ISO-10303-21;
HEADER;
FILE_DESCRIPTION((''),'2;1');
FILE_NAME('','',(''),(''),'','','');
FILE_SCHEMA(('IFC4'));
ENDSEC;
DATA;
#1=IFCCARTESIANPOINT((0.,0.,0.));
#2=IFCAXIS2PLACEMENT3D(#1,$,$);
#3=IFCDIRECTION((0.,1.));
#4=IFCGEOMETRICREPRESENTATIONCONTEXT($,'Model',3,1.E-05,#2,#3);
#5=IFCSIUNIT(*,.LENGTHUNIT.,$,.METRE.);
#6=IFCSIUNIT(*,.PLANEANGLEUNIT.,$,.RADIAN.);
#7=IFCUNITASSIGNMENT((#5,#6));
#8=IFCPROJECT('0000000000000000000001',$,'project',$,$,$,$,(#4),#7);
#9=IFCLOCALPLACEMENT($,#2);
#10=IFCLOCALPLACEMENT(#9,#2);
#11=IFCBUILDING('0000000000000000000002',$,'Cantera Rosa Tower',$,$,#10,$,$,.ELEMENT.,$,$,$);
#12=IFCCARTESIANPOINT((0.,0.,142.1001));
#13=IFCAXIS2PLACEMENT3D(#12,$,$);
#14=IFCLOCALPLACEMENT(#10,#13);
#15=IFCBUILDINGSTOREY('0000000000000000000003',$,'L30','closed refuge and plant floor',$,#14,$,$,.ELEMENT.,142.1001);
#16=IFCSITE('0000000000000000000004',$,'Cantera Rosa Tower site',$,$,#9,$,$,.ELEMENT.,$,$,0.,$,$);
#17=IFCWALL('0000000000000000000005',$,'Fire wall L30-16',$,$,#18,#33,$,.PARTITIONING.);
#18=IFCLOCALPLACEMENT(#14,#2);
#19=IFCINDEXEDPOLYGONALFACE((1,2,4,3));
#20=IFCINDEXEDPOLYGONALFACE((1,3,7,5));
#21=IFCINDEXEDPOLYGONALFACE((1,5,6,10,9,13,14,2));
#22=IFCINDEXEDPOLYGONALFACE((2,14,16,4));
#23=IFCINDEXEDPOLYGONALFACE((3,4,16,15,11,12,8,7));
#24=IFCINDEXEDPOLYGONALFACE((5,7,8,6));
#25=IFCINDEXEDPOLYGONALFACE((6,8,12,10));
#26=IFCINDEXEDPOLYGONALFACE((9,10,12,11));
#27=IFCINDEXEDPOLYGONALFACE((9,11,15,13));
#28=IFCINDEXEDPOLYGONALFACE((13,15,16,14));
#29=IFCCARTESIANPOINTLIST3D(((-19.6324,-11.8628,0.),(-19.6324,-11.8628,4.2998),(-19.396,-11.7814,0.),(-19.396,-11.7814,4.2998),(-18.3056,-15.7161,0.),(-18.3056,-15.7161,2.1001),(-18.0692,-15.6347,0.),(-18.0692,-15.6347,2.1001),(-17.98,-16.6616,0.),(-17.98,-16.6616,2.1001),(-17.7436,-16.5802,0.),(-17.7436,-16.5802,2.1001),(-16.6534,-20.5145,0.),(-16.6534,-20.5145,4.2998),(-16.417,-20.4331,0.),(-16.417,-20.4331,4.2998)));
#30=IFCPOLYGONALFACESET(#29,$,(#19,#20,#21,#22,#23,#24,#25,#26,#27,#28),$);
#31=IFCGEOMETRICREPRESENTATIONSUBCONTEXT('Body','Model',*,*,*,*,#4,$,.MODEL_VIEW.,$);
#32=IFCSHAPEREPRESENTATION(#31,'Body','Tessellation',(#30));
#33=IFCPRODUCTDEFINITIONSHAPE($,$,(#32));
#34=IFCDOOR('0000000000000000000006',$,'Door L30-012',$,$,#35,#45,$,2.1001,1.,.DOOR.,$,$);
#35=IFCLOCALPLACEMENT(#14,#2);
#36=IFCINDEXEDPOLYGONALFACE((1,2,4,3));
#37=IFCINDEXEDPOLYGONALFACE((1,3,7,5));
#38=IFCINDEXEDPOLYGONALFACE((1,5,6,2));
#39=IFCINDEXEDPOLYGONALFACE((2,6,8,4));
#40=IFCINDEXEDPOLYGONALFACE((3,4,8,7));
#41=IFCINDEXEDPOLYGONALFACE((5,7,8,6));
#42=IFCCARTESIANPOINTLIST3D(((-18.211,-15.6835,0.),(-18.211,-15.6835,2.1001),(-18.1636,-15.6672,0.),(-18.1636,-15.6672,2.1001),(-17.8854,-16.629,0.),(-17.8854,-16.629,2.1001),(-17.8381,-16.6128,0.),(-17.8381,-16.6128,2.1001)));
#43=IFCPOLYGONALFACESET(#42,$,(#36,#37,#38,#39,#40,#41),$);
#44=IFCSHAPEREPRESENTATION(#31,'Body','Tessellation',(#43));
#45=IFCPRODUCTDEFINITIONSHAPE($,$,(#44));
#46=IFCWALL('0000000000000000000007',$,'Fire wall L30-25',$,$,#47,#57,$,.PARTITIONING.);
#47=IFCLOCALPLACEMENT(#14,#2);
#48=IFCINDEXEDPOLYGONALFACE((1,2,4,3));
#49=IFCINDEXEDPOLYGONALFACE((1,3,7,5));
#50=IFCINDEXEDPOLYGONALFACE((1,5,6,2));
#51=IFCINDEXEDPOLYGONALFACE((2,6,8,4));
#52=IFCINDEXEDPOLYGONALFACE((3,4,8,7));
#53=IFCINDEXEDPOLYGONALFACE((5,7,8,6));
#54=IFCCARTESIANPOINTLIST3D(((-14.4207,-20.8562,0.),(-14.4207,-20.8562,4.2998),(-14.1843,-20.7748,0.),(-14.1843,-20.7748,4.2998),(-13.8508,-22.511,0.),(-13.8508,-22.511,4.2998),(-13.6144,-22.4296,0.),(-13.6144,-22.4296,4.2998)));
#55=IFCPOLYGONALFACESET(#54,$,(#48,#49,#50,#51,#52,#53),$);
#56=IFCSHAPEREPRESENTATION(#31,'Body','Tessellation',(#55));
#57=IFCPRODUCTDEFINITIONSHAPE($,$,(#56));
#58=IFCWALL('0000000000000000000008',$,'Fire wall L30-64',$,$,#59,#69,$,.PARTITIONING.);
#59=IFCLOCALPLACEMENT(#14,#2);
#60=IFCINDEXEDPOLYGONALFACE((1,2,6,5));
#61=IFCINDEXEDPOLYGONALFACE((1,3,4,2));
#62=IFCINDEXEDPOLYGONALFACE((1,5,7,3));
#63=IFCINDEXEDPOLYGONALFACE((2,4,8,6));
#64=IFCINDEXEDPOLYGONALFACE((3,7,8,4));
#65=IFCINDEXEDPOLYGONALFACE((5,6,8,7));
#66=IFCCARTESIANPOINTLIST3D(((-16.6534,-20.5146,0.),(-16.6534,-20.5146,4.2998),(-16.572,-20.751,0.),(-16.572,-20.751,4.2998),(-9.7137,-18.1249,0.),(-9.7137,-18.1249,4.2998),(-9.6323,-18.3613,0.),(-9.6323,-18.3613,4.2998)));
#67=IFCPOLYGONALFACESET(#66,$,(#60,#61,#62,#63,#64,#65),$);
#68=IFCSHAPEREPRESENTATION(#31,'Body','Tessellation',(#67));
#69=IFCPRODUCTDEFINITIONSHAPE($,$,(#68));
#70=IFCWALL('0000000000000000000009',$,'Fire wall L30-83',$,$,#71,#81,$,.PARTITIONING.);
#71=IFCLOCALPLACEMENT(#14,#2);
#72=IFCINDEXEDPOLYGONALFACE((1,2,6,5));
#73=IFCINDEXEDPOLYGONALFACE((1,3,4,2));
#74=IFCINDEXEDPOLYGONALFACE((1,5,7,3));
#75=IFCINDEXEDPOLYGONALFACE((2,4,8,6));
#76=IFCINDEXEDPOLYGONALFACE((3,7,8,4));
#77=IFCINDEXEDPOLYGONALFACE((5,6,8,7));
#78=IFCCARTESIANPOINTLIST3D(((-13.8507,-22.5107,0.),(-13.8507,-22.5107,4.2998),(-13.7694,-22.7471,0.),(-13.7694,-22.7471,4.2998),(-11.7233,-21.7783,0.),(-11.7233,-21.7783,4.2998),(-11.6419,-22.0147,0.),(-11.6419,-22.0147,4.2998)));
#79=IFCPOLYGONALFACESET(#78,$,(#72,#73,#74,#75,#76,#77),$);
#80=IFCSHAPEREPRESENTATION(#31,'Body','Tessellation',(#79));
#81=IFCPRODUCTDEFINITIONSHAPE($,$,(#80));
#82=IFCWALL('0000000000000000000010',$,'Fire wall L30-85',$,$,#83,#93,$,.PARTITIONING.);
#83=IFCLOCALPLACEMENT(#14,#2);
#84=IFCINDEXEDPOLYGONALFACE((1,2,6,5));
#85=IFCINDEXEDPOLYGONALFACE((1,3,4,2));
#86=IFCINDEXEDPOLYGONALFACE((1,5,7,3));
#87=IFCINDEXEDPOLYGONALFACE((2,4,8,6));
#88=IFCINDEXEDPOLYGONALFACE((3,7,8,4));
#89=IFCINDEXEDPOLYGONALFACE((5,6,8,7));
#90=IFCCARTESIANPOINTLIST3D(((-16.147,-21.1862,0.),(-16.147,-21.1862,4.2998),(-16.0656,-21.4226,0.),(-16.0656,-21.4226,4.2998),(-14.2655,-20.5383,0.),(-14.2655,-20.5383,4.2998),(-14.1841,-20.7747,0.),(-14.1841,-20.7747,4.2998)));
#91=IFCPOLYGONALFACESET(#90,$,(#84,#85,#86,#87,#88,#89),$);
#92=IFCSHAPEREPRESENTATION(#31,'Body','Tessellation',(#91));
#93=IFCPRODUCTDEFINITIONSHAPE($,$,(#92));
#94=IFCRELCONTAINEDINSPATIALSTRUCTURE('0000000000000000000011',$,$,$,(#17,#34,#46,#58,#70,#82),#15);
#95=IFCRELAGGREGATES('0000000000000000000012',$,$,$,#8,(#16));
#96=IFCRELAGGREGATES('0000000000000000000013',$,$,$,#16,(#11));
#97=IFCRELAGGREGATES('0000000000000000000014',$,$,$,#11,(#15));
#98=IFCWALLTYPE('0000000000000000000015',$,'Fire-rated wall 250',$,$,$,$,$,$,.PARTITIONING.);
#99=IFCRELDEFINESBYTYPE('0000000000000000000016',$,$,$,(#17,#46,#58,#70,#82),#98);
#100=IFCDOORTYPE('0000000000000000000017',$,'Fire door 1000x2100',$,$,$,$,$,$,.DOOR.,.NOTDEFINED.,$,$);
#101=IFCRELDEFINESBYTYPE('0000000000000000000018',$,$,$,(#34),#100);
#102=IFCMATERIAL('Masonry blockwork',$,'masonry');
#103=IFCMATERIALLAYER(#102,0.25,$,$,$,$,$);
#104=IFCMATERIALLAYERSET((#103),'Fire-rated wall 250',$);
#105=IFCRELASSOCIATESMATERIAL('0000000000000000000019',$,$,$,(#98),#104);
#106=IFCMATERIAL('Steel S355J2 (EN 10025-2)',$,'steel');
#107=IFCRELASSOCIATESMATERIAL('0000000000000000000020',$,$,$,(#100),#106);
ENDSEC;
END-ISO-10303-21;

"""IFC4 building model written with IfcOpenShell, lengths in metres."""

from ifc_helpers import new_model, si_unit, direction, frame, frame_2d, origin, place, context, subcontext, project, spatial, rectangle, extrude, material, layer, layer_set, type_object, element, fill, save


model = new_model("IFC4")

# Units and contexts
model_context = context("Model", 3, precision=1e-05, world=origin(), true_north=direction((0.0, 1.0)))
body_context = subcontext(model_context, "Body", "Model", "MODEL_VIEW")
ifc_project = project(units=[si_unit("LENGTHUNIT", "METRE"), si_unit("PLANEANGLEUNIT", "RADIAN")], contexts=[model_context])

# Site, building, storey
site_placement = place(None, origin())
site = spatial("IfcSite", under=ifc_project, at=site_placement, Name="Cantera Rosa Tower site", CompositionType="ELEMENT", RefElevation=0.0)
building_placement = place(site_placement, origin())
building = spatial("IfcBuilding", under=site, at=building_placement, Name="Cantera Rosa Tower", CompositionType="ELEMENT")
storey_placement = place(building_placement, frame((0.0, 0.0, 142.1001)))
storey = spatial("IfcBuildingStorey", under=building, at=storey_placement, Name="L30", Description="closed refuge and plant floor", CompositionType="ELEMENT", Elevation=142.1001)

# Shared definitions
ifc_material_1 = material(Name="Masonry blockwork", Category="masonry")
ifc_layer_1 = layer(ifc_material_1, 0.25)
ifc_layer_set_1 = layer_set([ifc_layer_1], Name="Fire-rated wall 250")
wall_type = type_object("IfcWallType", Name="Fire-rated wall 250", PredefinedType="PARTITIONING", material=ifc_layer_set_1)

# Wall, opening, door
wall_1_placement = place(storey_placement, frame((-16.5352, -20.4739, 0.0), z_axis=(0.0, 0.0, 1.0), x_axis=(-0.32557, 0.945518, 0.0)))
wall_1 = element("IfcWall", 1, at=wall_1_placement, inside=storey, type_object=wall_type, Name="Fire wall L30-16", PredefinedType="PARTITIONING", context=body_context, shape_type="SweptSolid", body=[
    extrude(rectangle(XDim=9.1501, YDim=0.25, at=frame_2d((4.5752, 0.0))), origin(), (0.0, 0.0, 1.0), 4.2998),
])
opening_placement = place(wall_1_placement, frame((4.075, 0.0, 0.0)))
opening = element("IfcOpeningElement", 2, at=opening_placement, cuts=wall_1, PredefinedType="OPENING", context=body_context, shape_type="SweptSolid", body=[
    extrude(rectangle(XDim=1.0, YDim=2.1001, at=frame_2d((0.5, 1.05))), frame((0.0, 0.135, 0.0), z_axis=(0.0, -1.0, 0.0), x_axis=(1.0, 0.0, 0.0)), (0.0, 0.0, 1.0), 0.27),
])
ifc_material_2 = material(Name="Steel S355J2 (EN 10025-2)", Category="steel")
door_type = type_object("IfcDoorType", Name="Fire door 1000x2100", OperationType="NOTDEFINED", PredefinedType="DOOR", material=ifc_material_2)
door_placement = place(opening_placement, origin())
door = element("IfcDoor", 3, at=door_placement, inside=storey, type_object=door_type, Name="Door L30-012", OverallHeight=2.1001, OverallWidth=1.0, PredefinedType="DOOR", context=body_context, shape_type="SweptSolid", body=[
    extrude(rectangle(XDim=1.0, YDim=2.1001, at=frame_2d((0.5, 1.05))), frame((0.0, 0.0249, 0.0), z_axis=(0.0, -1.0, 0.0), x_axis=(1.0, 0.0, 0.0)), (0.0, 0.0, 1.0), 0.05),
])
fill(opening, door)

# Walls
wall_2_placement = place(storey_placement, frame((-13.7327, -22.4702, 0.0), z_axis=(0.0, 0.0, 1.0), x_axis=(-0.325587, 0.945512, 0.0)))
element("IfcWall", 4, at=wall_2_placement, inside=storey, type_object=wall_type, Name="Fire wall L30-25", PredefinedType="PARTITIONING", context=body_context, shape_type="SweptSolid", body=[
    extrude(rectangle(XDim=1.7502, YDim=0.25, at=frame_2d((0.875, 0.0))), origin(), (0.0, 0.0, 1.0), 4.2998),
])
wall_3_placement = place(storey_placement, frame((-16.6128, -20.6328, 0.0), z_axis=(0.0, 0.0, 1.0), x_axis=(0.945514, 0.325583, 0.0)))
element("IfcWall", 5, at=wall_3_placement, inside=storey, type_object=wall_type, Name="Fire wall L30-64", PredefinedType="PARTITIONING", context=body_context, shape_type="SweptSolid", body=[
    extrude(rectangle(XDim=7.3396, YDim=0.25, at=frame_2d((3.6699, 0.0))), origin(), (0.0, 0.0, 1.0), 4.2998),
])
wall_4_placement = place(storey_placement, frame((-13.8101, -22.6289, 0.0), z_axis=(0.0, 0.0, 1.0), x_axis=(0.945534, 0.325522, 0.0)))
element("IfcWall", 6, at=wall_4_placement, inside=storey, type_object=wall_type, Name="Fire wall L30-83", PredefinedType="PARTITIONING", context=body_context, shape_type="SweptSolid", body=[
    extrude(rectangle(XDim=2.25, YDim=0.25, at=frame_2d((1.125, 0.0))), origin(), (0.0, 0.0, 1.0), 4.2998),
])
wall_5_placement = place(storey_placement, frame((-16.1064, -21.3044, 0.0), z_axis=(0.0, 0.0, 1.0), x_axis=(0.945508, 0.325597, 0.0)))
element("IfcWall", 7, at=wall_5_placement, inside=storey, type_object=wall_type, Name="Fire wall L30-85", PredefinedType="PARTITIONING", context=body_context, shape_type="SweptSolid", body=[
    extrude(rectangle(XDim=1.99, YDim=0.25, at=frame_2d((0.9951, 0.0))), origin(), (0.0, 0.0, 1.0), 4.2998),
])

save(model, "model.ifc")
